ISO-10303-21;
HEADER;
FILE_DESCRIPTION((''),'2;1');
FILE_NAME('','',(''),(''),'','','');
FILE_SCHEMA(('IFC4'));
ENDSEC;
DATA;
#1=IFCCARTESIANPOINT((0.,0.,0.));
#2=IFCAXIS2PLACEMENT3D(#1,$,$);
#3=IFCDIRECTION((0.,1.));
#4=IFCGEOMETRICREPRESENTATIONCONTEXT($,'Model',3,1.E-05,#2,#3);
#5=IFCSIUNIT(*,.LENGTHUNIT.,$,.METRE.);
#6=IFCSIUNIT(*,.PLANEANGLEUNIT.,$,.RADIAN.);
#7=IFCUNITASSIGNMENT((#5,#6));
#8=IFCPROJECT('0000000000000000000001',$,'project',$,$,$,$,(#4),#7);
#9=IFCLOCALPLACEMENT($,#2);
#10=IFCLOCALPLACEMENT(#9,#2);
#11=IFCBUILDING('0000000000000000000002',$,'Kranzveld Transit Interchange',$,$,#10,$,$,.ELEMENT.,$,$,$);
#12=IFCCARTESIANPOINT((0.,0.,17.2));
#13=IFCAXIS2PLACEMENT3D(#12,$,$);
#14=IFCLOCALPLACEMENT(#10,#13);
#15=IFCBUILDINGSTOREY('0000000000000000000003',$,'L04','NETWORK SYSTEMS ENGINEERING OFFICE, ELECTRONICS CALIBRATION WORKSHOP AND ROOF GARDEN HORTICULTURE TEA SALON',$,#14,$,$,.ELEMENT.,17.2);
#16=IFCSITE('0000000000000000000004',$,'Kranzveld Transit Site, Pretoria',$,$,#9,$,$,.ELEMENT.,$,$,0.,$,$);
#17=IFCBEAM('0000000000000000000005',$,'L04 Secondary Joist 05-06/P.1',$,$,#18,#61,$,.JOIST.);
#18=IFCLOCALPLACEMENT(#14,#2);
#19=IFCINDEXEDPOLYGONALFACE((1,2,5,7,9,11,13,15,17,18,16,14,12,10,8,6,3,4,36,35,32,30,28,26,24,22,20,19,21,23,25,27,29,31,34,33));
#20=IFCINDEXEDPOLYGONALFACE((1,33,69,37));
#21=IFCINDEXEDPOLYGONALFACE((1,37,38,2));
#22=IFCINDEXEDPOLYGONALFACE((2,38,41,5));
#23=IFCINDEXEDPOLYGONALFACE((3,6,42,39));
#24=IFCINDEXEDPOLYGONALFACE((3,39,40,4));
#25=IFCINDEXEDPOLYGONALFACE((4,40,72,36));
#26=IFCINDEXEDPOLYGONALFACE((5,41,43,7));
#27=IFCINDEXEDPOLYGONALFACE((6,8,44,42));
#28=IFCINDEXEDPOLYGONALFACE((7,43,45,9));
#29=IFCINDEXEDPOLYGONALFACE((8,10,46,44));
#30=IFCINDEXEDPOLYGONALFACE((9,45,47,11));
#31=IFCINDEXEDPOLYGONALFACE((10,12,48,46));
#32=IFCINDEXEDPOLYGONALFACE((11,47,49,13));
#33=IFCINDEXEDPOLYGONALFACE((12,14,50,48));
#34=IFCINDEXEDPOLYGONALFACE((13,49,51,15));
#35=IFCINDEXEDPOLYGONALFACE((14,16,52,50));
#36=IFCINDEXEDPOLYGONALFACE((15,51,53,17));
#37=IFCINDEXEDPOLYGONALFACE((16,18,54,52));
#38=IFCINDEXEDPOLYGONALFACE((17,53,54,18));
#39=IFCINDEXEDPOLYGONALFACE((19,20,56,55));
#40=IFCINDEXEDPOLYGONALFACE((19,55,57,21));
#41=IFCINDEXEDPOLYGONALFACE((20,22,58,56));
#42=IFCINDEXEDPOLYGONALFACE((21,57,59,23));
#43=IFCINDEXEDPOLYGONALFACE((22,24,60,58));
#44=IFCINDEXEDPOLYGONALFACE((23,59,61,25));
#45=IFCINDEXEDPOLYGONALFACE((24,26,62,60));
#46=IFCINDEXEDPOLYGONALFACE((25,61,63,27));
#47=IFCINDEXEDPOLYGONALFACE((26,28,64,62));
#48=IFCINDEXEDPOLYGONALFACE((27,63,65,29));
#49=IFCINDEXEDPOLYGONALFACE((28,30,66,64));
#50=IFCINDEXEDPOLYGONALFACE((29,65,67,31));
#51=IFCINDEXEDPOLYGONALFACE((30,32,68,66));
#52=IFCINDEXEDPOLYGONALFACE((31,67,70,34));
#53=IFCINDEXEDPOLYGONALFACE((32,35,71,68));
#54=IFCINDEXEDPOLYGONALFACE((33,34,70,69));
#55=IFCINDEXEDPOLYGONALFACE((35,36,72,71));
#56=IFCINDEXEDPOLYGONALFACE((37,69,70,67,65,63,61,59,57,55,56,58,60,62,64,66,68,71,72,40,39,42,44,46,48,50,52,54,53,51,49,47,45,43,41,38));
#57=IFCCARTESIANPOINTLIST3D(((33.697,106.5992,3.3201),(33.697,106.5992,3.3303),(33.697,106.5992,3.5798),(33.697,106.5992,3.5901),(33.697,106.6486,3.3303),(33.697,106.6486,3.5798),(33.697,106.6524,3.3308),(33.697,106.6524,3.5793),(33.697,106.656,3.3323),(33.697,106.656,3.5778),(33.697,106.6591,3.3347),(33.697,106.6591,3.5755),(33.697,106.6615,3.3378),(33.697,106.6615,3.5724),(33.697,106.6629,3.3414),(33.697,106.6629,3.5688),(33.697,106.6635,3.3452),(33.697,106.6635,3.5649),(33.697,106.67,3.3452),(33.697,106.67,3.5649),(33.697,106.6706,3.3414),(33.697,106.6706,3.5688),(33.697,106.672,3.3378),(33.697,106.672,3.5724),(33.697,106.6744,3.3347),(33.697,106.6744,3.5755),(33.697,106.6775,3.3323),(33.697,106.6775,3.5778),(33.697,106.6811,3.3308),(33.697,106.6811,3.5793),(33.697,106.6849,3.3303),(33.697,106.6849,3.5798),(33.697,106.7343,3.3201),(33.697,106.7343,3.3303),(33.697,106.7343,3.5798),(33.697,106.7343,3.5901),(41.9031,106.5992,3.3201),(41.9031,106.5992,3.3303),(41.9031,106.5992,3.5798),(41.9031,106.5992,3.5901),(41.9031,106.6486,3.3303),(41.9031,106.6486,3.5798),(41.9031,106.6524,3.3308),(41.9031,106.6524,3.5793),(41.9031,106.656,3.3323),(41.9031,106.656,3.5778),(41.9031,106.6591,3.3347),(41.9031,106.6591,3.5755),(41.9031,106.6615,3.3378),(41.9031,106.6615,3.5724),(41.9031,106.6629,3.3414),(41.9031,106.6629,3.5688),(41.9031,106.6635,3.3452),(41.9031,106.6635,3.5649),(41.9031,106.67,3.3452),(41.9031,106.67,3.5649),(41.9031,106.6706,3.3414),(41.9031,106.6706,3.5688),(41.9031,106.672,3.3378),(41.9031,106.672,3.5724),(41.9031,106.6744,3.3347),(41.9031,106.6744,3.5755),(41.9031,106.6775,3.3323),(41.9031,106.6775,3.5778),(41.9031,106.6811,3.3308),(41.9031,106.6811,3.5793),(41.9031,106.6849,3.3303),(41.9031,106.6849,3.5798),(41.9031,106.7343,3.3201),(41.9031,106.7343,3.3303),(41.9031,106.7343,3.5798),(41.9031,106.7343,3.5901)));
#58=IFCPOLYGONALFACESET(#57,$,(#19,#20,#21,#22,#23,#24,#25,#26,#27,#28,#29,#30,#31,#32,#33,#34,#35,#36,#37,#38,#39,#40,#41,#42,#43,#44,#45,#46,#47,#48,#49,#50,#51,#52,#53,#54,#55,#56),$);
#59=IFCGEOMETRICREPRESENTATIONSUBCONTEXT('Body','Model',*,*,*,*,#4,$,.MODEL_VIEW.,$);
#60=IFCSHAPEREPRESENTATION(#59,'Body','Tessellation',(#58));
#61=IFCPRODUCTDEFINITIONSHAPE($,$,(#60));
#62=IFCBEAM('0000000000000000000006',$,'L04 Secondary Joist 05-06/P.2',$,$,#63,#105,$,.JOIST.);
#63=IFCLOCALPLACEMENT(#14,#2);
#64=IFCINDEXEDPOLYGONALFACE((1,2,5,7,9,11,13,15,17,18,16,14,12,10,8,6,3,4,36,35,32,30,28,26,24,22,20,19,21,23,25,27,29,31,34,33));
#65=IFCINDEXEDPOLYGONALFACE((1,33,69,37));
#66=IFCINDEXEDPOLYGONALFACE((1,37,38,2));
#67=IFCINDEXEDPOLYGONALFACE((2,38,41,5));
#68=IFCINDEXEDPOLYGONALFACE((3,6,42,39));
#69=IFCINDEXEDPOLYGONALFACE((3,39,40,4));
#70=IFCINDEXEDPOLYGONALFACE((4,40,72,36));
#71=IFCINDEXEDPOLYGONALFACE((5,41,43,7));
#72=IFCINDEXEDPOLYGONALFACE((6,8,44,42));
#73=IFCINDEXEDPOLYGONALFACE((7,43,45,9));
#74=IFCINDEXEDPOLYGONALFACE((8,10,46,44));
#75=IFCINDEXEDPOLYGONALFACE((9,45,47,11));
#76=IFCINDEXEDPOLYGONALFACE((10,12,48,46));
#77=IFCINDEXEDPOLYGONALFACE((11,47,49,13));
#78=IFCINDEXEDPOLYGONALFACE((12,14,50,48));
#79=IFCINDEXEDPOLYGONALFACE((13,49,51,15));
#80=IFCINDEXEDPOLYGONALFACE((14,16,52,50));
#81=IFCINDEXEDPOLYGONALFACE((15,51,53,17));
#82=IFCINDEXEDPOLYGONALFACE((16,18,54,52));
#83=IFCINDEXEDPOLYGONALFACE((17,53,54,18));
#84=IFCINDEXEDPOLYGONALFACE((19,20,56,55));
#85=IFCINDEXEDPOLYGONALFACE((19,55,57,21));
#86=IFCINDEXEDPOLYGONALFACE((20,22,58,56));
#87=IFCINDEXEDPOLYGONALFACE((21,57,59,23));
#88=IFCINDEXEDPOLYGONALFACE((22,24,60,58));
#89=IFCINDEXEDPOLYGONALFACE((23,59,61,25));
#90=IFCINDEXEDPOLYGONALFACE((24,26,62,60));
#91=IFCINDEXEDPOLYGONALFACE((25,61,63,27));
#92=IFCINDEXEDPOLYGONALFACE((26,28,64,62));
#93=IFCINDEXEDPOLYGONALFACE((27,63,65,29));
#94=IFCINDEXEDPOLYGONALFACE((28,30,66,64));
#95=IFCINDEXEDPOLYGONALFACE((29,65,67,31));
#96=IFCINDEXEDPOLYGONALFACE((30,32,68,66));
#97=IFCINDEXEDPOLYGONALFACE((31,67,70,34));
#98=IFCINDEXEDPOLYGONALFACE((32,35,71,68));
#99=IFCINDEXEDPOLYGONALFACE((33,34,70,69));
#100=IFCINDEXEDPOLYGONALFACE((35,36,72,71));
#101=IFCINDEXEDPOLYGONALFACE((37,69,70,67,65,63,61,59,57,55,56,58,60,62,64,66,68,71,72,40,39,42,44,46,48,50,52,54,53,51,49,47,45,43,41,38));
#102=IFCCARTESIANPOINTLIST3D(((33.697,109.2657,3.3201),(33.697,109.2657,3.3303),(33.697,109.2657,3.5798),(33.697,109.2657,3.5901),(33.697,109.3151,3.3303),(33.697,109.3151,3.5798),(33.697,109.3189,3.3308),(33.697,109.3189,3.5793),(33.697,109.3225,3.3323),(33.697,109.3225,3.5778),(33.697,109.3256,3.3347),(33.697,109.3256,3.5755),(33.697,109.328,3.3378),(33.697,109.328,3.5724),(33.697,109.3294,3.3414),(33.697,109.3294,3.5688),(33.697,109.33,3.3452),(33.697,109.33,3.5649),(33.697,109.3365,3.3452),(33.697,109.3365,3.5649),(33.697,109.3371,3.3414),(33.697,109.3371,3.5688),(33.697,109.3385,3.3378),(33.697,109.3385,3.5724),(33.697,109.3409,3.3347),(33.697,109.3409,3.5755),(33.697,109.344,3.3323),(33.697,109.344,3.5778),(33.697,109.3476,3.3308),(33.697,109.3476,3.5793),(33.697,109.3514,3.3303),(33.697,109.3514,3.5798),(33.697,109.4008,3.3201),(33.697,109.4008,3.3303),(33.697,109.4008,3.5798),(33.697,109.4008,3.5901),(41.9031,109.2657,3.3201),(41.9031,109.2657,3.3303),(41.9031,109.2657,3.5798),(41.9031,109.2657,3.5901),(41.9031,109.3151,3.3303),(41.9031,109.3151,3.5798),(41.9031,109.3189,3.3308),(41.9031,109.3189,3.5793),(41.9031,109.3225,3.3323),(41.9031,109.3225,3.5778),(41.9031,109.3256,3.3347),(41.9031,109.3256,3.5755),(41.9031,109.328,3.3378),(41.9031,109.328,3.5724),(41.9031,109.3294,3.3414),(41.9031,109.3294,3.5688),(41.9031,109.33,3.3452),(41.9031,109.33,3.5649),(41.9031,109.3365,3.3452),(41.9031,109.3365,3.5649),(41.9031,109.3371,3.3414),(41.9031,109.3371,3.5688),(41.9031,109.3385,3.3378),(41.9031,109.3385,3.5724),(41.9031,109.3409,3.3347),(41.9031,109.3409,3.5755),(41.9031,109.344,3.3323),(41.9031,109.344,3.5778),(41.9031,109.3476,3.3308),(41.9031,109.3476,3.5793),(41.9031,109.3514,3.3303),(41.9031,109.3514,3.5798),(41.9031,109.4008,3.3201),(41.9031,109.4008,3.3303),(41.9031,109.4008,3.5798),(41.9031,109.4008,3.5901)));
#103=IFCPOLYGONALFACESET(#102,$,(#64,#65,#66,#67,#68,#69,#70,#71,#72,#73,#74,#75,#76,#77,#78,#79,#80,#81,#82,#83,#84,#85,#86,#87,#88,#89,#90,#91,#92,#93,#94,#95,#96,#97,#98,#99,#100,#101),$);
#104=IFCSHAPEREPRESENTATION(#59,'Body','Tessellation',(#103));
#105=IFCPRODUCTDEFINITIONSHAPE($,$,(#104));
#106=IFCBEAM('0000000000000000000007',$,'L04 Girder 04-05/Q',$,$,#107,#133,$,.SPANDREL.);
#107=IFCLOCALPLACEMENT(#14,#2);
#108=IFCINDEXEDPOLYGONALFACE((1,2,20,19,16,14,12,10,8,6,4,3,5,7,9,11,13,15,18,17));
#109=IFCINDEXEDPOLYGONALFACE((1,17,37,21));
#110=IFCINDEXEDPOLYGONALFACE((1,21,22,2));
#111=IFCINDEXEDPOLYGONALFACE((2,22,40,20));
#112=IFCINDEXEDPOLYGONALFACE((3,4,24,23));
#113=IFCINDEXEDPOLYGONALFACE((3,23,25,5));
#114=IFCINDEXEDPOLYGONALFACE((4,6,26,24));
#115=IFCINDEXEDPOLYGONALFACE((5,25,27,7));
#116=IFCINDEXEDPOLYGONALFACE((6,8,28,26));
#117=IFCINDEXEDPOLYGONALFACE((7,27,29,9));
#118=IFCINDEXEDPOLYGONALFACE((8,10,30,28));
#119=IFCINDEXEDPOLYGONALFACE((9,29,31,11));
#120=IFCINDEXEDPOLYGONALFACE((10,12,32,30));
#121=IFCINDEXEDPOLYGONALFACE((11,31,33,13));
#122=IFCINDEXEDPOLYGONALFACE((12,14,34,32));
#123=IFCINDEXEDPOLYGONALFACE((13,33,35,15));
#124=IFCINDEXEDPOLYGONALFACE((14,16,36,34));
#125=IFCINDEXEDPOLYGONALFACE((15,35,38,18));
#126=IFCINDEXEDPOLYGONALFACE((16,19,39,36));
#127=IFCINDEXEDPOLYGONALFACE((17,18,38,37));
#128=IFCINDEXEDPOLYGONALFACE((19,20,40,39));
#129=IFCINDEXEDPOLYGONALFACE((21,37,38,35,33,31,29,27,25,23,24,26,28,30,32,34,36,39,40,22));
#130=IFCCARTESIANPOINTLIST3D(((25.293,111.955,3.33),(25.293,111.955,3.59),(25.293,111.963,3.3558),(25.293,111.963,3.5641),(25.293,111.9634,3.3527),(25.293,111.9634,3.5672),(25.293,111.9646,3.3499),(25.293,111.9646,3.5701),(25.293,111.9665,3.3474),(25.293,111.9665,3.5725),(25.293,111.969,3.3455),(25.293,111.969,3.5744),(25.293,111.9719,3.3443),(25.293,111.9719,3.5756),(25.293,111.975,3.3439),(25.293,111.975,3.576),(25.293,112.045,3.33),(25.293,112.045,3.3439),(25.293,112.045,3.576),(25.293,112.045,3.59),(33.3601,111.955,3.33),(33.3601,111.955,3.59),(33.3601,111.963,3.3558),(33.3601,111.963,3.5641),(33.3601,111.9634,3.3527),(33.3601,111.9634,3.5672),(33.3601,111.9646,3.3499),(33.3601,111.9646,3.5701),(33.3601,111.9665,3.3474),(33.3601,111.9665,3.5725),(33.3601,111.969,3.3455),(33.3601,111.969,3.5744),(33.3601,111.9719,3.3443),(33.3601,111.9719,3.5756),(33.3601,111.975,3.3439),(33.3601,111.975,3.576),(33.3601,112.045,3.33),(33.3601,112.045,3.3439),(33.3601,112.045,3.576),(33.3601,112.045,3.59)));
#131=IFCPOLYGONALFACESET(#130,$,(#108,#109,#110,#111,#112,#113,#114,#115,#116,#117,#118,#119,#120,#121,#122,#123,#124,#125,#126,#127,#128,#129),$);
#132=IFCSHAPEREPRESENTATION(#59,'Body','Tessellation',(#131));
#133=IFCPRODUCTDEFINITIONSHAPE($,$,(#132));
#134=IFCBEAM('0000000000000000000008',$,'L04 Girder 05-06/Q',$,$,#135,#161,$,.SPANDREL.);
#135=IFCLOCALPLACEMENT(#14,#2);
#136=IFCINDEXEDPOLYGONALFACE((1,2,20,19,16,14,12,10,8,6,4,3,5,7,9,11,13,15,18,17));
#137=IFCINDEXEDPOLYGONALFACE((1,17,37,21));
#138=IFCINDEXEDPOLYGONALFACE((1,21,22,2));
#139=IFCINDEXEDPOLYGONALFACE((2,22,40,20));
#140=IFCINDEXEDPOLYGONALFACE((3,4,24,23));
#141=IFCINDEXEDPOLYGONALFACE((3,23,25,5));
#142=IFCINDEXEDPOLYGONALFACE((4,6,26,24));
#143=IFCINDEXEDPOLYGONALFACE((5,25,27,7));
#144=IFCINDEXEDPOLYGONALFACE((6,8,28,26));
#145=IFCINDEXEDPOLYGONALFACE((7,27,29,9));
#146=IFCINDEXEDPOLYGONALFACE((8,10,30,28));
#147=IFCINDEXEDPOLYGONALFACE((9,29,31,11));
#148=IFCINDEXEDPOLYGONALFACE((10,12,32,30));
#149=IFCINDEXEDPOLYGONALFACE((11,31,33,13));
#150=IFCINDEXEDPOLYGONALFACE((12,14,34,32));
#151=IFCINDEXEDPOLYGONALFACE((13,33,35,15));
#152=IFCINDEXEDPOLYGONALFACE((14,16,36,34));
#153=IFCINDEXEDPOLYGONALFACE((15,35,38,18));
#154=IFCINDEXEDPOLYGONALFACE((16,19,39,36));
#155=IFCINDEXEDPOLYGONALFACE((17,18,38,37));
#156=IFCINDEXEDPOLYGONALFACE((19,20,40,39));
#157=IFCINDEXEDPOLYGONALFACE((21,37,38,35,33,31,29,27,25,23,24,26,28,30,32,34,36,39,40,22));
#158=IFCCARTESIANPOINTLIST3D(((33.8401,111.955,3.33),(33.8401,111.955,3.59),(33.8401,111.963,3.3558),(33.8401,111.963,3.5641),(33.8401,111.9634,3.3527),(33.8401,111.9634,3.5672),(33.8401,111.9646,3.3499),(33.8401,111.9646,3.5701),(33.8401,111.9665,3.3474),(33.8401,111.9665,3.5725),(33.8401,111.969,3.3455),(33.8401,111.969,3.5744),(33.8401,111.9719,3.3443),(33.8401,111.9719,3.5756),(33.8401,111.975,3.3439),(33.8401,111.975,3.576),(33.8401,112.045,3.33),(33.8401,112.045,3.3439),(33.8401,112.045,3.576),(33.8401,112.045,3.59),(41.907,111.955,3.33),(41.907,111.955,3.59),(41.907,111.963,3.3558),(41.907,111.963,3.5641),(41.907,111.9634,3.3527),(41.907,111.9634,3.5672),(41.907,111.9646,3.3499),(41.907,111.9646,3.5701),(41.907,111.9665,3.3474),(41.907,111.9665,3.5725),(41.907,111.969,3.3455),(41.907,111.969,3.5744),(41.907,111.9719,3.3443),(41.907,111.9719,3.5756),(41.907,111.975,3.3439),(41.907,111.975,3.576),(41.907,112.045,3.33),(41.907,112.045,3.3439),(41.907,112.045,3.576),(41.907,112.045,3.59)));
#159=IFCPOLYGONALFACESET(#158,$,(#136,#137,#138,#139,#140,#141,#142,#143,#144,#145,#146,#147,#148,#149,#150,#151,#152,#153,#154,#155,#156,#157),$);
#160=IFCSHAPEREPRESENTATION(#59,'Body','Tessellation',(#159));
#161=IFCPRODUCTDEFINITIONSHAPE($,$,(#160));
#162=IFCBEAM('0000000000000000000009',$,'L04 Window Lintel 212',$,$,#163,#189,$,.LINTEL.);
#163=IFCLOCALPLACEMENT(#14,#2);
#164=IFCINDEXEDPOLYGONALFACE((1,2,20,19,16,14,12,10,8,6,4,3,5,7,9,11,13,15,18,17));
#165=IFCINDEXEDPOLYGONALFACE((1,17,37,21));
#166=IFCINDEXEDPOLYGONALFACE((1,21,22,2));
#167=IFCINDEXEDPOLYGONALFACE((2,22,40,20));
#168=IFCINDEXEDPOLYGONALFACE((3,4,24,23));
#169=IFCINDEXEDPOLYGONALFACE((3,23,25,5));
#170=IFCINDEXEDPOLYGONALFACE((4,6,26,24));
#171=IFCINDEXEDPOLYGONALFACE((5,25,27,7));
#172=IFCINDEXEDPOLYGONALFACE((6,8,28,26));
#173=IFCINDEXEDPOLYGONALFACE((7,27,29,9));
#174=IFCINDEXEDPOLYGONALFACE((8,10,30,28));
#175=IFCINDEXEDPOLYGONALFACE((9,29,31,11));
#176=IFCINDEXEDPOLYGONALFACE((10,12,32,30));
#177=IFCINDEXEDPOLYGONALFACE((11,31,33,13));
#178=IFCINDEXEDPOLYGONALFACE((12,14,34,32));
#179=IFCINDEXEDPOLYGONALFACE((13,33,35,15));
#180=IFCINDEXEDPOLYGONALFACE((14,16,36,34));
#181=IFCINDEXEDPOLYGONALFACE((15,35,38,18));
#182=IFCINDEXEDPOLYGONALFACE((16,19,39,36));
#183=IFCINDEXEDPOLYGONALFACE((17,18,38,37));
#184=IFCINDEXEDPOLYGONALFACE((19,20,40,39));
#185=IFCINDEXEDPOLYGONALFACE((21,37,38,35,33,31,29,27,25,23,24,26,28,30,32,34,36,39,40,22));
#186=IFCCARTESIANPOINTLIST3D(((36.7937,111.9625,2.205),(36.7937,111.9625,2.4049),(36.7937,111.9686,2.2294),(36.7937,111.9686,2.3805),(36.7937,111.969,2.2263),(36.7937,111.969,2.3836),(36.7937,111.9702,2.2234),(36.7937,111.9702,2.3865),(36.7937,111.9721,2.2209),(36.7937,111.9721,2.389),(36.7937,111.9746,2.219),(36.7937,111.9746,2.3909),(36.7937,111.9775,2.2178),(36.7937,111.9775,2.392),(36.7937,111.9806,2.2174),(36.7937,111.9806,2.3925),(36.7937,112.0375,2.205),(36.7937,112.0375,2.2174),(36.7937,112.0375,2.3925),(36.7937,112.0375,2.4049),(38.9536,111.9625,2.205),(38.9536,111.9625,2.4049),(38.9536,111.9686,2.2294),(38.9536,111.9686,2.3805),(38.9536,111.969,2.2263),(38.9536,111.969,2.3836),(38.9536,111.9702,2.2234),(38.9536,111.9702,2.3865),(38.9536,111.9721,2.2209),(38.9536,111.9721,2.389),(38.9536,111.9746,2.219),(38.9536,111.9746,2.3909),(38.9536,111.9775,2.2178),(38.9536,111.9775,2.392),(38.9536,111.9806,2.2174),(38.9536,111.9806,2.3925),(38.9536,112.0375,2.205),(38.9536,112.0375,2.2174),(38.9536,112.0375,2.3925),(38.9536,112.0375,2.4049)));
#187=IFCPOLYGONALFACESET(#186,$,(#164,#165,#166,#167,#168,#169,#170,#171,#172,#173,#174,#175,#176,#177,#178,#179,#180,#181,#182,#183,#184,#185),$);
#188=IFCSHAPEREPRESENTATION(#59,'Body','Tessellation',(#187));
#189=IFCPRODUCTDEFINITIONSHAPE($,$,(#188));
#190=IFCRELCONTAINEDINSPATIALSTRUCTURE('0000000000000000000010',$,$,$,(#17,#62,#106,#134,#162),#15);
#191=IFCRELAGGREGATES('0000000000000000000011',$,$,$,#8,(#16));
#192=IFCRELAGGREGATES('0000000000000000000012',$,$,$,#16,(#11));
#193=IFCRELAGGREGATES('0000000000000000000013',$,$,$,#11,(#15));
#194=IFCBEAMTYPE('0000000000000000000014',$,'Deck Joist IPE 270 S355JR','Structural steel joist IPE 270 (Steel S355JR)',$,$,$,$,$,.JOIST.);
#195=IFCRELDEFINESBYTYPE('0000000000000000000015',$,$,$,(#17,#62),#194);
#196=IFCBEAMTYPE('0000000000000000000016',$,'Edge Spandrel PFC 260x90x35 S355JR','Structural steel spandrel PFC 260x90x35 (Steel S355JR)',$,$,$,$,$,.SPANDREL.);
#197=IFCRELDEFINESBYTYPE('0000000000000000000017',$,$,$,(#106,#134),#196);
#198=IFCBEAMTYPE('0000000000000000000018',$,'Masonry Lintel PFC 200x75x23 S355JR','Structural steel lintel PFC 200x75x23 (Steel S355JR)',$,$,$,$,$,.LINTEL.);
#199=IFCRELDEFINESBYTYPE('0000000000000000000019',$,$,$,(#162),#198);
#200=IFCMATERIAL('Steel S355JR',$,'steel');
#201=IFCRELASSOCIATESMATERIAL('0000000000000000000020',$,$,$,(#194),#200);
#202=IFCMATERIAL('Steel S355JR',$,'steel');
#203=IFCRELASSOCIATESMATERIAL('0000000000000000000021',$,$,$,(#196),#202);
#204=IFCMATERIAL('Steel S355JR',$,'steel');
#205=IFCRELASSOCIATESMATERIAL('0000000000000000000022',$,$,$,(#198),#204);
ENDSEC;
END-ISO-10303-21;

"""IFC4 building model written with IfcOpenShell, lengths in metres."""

from ifc_helpers import new_model, si_unit, direction, frame, origin, origin_2d, place, context, subcontext, project, spatial, i_section, u_section, extrude, material, material_profile, profile_set, type_object, element, save


model = new_model("IFC4")

# Units and contexts
model_context = context("Model", 3, precision=1e-05, world=origin(), true_north=direction((0.0, 1.0)))
body_context = subcontext(model_context, "Body", "Model", "MODEL_VIEW")
ifc_project = project(units=[si_unit("LENGTHUNIT", "METRE"), si_unit("PLANEANGLEUNIT", "RADIAN")], contexts=[model_context])

# Site, building, storey
site_placement = place(None, origin())
site = spatial("IfcSite", under=ifc_project, at=site_placement, Name="Kranzveld Transit Site, Pretoria", CompositionType="ELEMENT", RefElevation=0.0)
building_placement = place(site_placement, origin())
building = spatial("IfcBuilding", under=site, at=building_placement, Name="Kranzveld Transit Interchange", CompositionType="ELEMENT")
storey_placement = place(building_placement, frame((0.0, 0.0, 17.2)))
storey = spatial("IfcBuildingStorey", under=building, at=storey_placement, Name="L04", Description="NETWORK SYSTEMS ENGINEERING OFFICE, ELECTRONICS CALIBRATION WORKSHOP AND ROOF GARDEN HORTICULTURE TEA SALON", CompositionType="ELEMENT", Elevation=17.2)

# Beams
ifc_material_1 = material(Name="Steel S355JR", Category="steel")
ifc_material_profile_1 = material_profile(ifc_material_1, i_section(OverallWidth=0.135, OverallDepth=0.27, WebThickness=0.0066, FlangeThickness=0.0103, FilletRadius=0.0149, at=origin_2d()), Name="IPE 270")
ifc_profile_set_1 = profile_set([ifc_material_profile_1], Name="Steel S355JR")
beam_type_1 = type_object("IfcBeamType", Name="Deck Joist IPE 270 S355JR", Description="Structural steel joist IPE 270 (Steel S355JR)", PredefinedType="JOIST", material=ifc_profile_set_1)
for number, where, z_axis, x_axis, name in (
    (1, (33.697, 106.6667, 3.4551), (1.0, 0.0, 0.0), (0.0, 1.0, 0.0), "L04 Secondary Joist 05-06/P.1"),
    (2, (33.697, 109.3333, 3.4551), (1.0, 0.0, 0.0), (0.0, 1.0, 0.0), "L04 Secondary Joist 05-06/P.2"),
):
    element("IfcBeam", number, at=place(storey_placement, frame(where, z_axis=z_axis, x_axis=x_axis)), inside=storey, type_object=beam_type_1, Name=name, PredefinedType="JOIST", context=body_context, shape_type="SweptSolid", body=[
        extrude(i_section(OverallWidth=0.135, OverallDepth=0.27, WebThickness=0.0066, FlangeThickness=0.0103, FilletRadius=0.0149, at=origin_2d()), origin(), (0.0, 0.0, 1.0), 8.2061),
    ])
ifc_material_2 = material(Name="Steel S355JR", Category="steel")
ifc_material_profile_2 = material_profile(ifc_material_2, u_section(Depth=0.26, FlangeWidth=0.0901, WebThickness=0.0081, FlangeThickness=0.0139, FilletRadius=0.012, at=origin_2d()), Name="PFC 260x90x35")
ifc_profile_set_2 = profile_set([ifc_material_profile_2], Name="Steel S355JR")
beam_type_2 = type_object("IfcBeamType", Name="Edge Spandrel PFC 260x90x35 S355JR", Description="Structural steel spandrel PFC 260x90x35 (Steel S355JR)", PredefinedType="SPANDREL", material=ifc_profile_set_2)
beam_1_placement = place(storey_placement, frame((25.293, 112.0, 3.46), z_axis=(1.0, 0.0, 0.0), x_axis=(0.0, 1.0, 0.0)))
element("IfcBeam", 3, at=beam_1_placement, inside=storey, type_object=beam_type_2, Name="L04 Girder 04-05/Q", PredefinedType="SPANDREL", context=body_context, shape_type="SweptSolid", body=[
    extrude(u_section(Depth=0.26, FlangeWidth=0.0901, WebThickness=0.0081, FlangeThickness=0.0139, FilletRadius=0.012, at=origin_2d()), origin(), (0.0, 0.0, 1.0), 8.0671),
])
beam_2_placement = place(storey_placement, frame((33.8401, 112.0, 3.46), z_axis=(1.0, 0.0, 0.0), x_axis=(0.0, 1.0, 0.0)))
element("IfcBeam", 4, at=beam_2_placement, inside=storey, type_object=beam_type_2, Name="L04 Girder 05-06/Q", PredefinedType="SPANDREL", context=body_context, shape_type="SweptSolid", body=[
    extrude(u_section(Depth=0.26, FlangeWidth=0.0901, WebThickness=0.0081, FlangeThickness=0.0139, FilletRadius=0.012, at=origin_2d()), origin(), (0.0, 0.0, 1.0), 8.0669),
])
ifc_material_3 = material(Name="Steel S355JR", Category="steel")
ifc_material_profile_3 = material_profile(ifc_material_3, u_section(Depth=0.2, FlangeWidth=0.075, WebThickness=0.0061, FlangeThickness=0.0125, FilletRadius=0.012, at=origin_2d()), Name="PFC 200x75x23")
ifc_profile_set_3 = profile_set([ifc_material_profile_3], Name="Steel S355JR")
beam_type_3 = type_object("IfcBeamType", Name="Masonry Lintel PFC 200x75x23 S355JR", Description="Structural steel lintel PFC 200x75x23 (Steel S355JR)", PredefinedType="LINTEL", material=ifc_profile_set_3)
beam_3_placement = place(storey_placement, frame((36.7937, 112.0, 2.3049), z_axis=(1.0, 0.0, 0.0), x_axis=(0.0, 1.0, 0.0)))
element("IfcBeam", 5, at=beam_3_placement, inside=storey, type_object=beam_type_3, Name="L04 Window Lintel 212", PredefinedType="LINTEL", context=body_context, shape_type="SweptSolid", body=[
    extrude(u_section(Depth=0.2, FlangeWidth=0.075, WebThickness=0.0061, FlangeThickness=0.0125, FilletRadius=0.012, at=origin_2d()), origin(), (0.0, 0.0, 1.0), 2.1599),
])

save(model, "model.ifc")
